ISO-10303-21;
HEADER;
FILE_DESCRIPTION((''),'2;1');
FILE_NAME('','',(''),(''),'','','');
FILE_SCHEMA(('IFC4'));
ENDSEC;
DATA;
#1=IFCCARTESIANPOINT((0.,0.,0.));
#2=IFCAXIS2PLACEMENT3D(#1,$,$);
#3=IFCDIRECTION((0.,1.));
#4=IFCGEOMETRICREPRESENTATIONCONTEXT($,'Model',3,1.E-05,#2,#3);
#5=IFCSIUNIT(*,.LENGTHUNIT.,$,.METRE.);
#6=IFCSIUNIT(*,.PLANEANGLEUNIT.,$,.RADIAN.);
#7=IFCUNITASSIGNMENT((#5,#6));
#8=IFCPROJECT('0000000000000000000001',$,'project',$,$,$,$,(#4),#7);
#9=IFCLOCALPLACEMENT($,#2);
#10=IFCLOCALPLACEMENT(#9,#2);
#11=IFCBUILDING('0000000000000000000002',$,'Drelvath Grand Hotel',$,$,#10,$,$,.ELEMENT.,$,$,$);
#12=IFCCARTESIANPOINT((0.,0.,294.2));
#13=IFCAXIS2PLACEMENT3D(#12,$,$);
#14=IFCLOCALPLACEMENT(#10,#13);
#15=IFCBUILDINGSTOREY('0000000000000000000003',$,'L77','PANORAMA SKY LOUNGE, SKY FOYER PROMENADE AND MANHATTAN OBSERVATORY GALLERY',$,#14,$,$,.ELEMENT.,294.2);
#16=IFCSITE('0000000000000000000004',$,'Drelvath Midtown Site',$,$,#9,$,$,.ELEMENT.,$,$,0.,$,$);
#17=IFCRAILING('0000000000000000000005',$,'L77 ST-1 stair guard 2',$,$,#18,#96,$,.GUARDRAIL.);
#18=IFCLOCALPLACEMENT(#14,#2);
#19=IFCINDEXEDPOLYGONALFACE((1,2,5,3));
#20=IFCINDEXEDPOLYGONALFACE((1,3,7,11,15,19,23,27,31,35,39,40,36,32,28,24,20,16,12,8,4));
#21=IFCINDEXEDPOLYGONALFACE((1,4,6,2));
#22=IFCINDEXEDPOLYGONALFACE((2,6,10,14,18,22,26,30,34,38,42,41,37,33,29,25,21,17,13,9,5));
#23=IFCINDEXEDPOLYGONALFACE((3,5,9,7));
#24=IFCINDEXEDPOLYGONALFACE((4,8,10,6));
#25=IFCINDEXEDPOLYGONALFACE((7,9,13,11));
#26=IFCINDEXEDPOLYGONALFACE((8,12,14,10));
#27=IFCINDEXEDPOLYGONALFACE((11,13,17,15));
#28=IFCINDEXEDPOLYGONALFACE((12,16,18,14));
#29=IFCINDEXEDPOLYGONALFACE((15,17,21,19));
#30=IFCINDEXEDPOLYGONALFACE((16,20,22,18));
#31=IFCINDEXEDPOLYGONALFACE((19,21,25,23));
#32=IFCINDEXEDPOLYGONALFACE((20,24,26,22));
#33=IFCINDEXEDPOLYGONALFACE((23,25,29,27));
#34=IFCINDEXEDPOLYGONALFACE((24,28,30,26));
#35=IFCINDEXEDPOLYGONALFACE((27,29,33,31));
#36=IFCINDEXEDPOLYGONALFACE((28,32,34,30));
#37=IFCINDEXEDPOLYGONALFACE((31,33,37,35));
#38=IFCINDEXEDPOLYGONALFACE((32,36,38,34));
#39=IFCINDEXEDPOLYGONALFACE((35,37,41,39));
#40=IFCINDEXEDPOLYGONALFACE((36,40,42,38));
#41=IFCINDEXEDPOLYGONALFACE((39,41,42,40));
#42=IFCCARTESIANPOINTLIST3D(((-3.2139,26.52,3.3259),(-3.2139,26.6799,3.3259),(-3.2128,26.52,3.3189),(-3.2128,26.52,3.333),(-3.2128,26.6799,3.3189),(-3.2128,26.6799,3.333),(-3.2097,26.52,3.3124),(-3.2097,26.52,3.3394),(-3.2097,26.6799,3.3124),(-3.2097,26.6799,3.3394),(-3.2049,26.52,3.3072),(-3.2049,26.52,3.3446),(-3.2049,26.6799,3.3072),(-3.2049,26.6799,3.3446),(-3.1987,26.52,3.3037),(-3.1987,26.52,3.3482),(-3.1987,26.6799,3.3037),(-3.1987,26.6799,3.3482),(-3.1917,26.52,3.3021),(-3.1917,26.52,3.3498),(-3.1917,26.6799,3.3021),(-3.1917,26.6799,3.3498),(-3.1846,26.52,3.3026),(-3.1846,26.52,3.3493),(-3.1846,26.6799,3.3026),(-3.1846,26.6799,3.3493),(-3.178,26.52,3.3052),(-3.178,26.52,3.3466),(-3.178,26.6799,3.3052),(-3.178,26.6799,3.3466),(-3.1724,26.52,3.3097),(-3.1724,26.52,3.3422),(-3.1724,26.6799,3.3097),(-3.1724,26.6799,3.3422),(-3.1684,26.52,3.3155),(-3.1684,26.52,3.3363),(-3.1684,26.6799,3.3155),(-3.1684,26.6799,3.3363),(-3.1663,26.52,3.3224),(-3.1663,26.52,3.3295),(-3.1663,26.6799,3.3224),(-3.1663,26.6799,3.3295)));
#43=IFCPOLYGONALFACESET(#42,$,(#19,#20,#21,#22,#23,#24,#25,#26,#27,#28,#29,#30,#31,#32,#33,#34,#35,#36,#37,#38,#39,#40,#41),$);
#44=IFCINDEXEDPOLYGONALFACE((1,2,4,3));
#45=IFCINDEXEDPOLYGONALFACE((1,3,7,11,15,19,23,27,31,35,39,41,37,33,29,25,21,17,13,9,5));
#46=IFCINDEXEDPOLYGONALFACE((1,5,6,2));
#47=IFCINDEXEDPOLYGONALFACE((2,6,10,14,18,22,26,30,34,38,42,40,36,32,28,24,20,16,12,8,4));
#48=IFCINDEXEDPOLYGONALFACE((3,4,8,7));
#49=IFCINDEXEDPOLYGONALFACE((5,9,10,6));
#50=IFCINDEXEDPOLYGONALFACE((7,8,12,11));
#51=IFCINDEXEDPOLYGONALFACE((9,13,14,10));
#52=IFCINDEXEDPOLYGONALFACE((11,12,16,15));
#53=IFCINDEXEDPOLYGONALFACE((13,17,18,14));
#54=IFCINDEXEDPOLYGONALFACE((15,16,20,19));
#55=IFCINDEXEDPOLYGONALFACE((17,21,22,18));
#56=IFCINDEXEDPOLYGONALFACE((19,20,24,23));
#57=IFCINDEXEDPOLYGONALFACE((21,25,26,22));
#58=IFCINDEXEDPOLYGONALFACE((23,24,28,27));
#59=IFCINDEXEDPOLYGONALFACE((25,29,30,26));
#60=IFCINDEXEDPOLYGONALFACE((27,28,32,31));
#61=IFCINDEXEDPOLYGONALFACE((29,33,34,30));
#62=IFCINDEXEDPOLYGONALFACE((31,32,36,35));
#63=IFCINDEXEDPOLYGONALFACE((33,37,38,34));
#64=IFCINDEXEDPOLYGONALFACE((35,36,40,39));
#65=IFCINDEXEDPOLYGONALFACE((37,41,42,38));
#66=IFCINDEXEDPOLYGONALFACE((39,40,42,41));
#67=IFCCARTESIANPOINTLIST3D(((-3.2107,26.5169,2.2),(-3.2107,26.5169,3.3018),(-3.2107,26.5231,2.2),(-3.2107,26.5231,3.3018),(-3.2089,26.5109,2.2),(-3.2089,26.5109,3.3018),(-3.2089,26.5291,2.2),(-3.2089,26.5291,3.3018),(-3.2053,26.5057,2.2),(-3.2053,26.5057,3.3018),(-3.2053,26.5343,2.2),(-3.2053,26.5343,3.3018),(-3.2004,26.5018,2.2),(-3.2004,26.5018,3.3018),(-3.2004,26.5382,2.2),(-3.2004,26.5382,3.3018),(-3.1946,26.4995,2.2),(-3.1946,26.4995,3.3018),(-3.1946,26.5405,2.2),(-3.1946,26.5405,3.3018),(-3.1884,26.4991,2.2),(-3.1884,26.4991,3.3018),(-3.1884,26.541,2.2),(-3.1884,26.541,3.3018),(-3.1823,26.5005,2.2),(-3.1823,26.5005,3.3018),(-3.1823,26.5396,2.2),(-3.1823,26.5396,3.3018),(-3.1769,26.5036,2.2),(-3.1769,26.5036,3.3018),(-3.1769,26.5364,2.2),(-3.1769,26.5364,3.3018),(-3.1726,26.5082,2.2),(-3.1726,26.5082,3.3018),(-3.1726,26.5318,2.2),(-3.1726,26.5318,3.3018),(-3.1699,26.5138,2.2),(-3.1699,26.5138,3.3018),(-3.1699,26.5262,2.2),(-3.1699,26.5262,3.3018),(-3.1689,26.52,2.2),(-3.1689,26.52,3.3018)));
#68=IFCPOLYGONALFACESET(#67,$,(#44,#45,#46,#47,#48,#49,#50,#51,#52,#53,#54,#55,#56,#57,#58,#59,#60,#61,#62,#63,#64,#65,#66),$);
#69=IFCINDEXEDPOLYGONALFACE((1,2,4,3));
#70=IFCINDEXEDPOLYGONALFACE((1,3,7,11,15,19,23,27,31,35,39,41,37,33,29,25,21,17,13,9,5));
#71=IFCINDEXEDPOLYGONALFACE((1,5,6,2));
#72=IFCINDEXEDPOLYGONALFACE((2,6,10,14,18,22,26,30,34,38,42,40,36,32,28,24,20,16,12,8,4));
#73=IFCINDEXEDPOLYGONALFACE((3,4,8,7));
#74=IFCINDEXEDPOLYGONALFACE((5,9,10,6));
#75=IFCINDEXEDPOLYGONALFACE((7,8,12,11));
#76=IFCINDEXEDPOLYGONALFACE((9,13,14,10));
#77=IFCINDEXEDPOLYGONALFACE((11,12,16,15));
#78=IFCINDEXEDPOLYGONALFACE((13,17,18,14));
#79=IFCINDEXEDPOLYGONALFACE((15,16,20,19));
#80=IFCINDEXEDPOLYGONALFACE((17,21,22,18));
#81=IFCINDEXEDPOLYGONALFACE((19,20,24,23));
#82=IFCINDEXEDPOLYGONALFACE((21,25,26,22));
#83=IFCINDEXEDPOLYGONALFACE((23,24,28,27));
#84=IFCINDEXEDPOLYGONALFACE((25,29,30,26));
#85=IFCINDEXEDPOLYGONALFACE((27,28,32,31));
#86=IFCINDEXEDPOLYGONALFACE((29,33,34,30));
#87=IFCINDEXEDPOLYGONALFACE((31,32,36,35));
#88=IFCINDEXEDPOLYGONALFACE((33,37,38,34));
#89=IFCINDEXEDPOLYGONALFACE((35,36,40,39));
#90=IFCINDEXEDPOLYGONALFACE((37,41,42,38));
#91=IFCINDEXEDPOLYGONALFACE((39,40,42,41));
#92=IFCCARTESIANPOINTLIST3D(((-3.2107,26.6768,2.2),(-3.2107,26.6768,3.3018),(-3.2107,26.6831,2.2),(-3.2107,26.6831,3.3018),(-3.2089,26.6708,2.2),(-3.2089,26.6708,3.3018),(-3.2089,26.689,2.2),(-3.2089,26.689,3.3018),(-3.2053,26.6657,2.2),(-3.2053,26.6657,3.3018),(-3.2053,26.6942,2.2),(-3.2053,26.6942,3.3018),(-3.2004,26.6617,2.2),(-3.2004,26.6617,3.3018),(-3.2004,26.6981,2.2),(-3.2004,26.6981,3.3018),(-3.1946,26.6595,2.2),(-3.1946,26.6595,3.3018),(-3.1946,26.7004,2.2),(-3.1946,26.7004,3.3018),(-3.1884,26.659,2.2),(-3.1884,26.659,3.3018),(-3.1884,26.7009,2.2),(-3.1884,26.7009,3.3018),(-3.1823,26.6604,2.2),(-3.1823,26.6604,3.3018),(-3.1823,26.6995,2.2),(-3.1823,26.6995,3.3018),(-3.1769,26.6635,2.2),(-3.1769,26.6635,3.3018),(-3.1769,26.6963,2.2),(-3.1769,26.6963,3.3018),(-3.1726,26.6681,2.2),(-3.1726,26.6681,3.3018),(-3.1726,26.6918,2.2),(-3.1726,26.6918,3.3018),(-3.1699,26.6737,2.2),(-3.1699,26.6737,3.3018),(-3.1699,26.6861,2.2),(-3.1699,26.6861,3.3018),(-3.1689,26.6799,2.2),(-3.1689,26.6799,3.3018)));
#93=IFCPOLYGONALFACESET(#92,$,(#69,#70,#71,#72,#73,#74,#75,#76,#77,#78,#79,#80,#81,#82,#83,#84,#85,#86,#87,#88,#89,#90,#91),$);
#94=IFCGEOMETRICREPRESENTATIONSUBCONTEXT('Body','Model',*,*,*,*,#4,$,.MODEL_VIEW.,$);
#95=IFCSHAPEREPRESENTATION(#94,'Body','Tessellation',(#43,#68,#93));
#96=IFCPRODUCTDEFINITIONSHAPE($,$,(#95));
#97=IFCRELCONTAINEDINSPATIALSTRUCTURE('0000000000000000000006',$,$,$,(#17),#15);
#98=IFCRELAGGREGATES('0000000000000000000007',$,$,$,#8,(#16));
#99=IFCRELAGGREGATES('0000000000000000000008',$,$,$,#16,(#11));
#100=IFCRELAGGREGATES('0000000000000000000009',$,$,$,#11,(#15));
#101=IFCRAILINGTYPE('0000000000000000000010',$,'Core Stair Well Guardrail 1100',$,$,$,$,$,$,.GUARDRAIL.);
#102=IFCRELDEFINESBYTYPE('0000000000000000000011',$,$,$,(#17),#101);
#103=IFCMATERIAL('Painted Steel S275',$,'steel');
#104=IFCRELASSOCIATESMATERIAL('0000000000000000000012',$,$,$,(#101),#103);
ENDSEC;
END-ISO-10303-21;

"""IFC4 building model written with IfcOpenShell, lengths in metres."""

from ifc_helpers import new_model, si_unit, direction, frame, origin, origin_2d, place, context, subcontext, project, spatial, circle, extrude, material, type_object, element, save


model = new_model("IFC4")

# Units and contexts
model_context = context("Model", 3, precision=1e-05, world=origin(), true_north=direction((0.0, 1.0)))
body_context = subcontext(model_context, "Body", "Model", "MODEL_VIEW")
ifc_project = project(units=[si_unit("LENGTHUNIT", "METRE"), si_unit("PLANEANGLEUNIT", "RADIAN")], contexts=[model_context])

# Site, building, storey
site_placement = place(None, origin())
site = spatial("IfcSite", under=ifc_project, at=site_placement, Name="Drelvath Midtown Site", CompositionType="ELEMENT", RefElevation=0.0)
building_placement = place(site_placement, origin())
building = spatial("IfcBuilding", under=site, at=building_placement, Name="Drelvath Grand Hotel", CompositionType="ELEMENT")
storey_placement = place(building_placement, frame((0.0, 0.0, 294.2)))
storey = spatial("IfcBuildingStorey", under=building, at=storey_placement, Name="L77", Description="PANORAMA SKY LOUNGE, SKY FOYER PROMENADE AND MANHATTAN OBSERVATORY GALLERY", CompositionType="ELEMENT", Elevation=294.2)

# Shared definitions
ifc_material_1 = material(Name="Painted Steel S275", Category="steel")

# Railing
railing_type_1 = type_object("IfcRailingType", Name="Core Stair Well Guardrail 1100", PredefinedType="GUARDRAIL", material=ifc_material_1)
railing_1_placement = place(storey_placement, frame((-3.1899, 26.52, 2.2)))
element("IfcRailing", 1, at=railing_1_placement, inside=storey, type_object=railing_type_1, Name="L77 ST-1 stair guard 2", PredefinedType="GUARDRAIL", context=body_context, shape_type="SweptSolid", body=[
    extrude(circle(Radius=0.0239, at=origin_2d()), frame((0.0, 0.0, 1.126), z_axis=(0.0, 1.0, 0.0), x_axis=(-1.0, 0.0, 0.0)), (0.0, 0.0, 1.0), 0.1599),
    extrude(circle(Radius=0.021, at=origin_2d()), origin(), (0.0, 0.0, 1.0), 1.1018),
    extrude(circle(Radius=0.021, at=origin_2d()), frame((0.0, 0.1599, 0.0)), (0.0, 0.0, 1.0), 1.1018),
])

save(model, "model.ifc")
